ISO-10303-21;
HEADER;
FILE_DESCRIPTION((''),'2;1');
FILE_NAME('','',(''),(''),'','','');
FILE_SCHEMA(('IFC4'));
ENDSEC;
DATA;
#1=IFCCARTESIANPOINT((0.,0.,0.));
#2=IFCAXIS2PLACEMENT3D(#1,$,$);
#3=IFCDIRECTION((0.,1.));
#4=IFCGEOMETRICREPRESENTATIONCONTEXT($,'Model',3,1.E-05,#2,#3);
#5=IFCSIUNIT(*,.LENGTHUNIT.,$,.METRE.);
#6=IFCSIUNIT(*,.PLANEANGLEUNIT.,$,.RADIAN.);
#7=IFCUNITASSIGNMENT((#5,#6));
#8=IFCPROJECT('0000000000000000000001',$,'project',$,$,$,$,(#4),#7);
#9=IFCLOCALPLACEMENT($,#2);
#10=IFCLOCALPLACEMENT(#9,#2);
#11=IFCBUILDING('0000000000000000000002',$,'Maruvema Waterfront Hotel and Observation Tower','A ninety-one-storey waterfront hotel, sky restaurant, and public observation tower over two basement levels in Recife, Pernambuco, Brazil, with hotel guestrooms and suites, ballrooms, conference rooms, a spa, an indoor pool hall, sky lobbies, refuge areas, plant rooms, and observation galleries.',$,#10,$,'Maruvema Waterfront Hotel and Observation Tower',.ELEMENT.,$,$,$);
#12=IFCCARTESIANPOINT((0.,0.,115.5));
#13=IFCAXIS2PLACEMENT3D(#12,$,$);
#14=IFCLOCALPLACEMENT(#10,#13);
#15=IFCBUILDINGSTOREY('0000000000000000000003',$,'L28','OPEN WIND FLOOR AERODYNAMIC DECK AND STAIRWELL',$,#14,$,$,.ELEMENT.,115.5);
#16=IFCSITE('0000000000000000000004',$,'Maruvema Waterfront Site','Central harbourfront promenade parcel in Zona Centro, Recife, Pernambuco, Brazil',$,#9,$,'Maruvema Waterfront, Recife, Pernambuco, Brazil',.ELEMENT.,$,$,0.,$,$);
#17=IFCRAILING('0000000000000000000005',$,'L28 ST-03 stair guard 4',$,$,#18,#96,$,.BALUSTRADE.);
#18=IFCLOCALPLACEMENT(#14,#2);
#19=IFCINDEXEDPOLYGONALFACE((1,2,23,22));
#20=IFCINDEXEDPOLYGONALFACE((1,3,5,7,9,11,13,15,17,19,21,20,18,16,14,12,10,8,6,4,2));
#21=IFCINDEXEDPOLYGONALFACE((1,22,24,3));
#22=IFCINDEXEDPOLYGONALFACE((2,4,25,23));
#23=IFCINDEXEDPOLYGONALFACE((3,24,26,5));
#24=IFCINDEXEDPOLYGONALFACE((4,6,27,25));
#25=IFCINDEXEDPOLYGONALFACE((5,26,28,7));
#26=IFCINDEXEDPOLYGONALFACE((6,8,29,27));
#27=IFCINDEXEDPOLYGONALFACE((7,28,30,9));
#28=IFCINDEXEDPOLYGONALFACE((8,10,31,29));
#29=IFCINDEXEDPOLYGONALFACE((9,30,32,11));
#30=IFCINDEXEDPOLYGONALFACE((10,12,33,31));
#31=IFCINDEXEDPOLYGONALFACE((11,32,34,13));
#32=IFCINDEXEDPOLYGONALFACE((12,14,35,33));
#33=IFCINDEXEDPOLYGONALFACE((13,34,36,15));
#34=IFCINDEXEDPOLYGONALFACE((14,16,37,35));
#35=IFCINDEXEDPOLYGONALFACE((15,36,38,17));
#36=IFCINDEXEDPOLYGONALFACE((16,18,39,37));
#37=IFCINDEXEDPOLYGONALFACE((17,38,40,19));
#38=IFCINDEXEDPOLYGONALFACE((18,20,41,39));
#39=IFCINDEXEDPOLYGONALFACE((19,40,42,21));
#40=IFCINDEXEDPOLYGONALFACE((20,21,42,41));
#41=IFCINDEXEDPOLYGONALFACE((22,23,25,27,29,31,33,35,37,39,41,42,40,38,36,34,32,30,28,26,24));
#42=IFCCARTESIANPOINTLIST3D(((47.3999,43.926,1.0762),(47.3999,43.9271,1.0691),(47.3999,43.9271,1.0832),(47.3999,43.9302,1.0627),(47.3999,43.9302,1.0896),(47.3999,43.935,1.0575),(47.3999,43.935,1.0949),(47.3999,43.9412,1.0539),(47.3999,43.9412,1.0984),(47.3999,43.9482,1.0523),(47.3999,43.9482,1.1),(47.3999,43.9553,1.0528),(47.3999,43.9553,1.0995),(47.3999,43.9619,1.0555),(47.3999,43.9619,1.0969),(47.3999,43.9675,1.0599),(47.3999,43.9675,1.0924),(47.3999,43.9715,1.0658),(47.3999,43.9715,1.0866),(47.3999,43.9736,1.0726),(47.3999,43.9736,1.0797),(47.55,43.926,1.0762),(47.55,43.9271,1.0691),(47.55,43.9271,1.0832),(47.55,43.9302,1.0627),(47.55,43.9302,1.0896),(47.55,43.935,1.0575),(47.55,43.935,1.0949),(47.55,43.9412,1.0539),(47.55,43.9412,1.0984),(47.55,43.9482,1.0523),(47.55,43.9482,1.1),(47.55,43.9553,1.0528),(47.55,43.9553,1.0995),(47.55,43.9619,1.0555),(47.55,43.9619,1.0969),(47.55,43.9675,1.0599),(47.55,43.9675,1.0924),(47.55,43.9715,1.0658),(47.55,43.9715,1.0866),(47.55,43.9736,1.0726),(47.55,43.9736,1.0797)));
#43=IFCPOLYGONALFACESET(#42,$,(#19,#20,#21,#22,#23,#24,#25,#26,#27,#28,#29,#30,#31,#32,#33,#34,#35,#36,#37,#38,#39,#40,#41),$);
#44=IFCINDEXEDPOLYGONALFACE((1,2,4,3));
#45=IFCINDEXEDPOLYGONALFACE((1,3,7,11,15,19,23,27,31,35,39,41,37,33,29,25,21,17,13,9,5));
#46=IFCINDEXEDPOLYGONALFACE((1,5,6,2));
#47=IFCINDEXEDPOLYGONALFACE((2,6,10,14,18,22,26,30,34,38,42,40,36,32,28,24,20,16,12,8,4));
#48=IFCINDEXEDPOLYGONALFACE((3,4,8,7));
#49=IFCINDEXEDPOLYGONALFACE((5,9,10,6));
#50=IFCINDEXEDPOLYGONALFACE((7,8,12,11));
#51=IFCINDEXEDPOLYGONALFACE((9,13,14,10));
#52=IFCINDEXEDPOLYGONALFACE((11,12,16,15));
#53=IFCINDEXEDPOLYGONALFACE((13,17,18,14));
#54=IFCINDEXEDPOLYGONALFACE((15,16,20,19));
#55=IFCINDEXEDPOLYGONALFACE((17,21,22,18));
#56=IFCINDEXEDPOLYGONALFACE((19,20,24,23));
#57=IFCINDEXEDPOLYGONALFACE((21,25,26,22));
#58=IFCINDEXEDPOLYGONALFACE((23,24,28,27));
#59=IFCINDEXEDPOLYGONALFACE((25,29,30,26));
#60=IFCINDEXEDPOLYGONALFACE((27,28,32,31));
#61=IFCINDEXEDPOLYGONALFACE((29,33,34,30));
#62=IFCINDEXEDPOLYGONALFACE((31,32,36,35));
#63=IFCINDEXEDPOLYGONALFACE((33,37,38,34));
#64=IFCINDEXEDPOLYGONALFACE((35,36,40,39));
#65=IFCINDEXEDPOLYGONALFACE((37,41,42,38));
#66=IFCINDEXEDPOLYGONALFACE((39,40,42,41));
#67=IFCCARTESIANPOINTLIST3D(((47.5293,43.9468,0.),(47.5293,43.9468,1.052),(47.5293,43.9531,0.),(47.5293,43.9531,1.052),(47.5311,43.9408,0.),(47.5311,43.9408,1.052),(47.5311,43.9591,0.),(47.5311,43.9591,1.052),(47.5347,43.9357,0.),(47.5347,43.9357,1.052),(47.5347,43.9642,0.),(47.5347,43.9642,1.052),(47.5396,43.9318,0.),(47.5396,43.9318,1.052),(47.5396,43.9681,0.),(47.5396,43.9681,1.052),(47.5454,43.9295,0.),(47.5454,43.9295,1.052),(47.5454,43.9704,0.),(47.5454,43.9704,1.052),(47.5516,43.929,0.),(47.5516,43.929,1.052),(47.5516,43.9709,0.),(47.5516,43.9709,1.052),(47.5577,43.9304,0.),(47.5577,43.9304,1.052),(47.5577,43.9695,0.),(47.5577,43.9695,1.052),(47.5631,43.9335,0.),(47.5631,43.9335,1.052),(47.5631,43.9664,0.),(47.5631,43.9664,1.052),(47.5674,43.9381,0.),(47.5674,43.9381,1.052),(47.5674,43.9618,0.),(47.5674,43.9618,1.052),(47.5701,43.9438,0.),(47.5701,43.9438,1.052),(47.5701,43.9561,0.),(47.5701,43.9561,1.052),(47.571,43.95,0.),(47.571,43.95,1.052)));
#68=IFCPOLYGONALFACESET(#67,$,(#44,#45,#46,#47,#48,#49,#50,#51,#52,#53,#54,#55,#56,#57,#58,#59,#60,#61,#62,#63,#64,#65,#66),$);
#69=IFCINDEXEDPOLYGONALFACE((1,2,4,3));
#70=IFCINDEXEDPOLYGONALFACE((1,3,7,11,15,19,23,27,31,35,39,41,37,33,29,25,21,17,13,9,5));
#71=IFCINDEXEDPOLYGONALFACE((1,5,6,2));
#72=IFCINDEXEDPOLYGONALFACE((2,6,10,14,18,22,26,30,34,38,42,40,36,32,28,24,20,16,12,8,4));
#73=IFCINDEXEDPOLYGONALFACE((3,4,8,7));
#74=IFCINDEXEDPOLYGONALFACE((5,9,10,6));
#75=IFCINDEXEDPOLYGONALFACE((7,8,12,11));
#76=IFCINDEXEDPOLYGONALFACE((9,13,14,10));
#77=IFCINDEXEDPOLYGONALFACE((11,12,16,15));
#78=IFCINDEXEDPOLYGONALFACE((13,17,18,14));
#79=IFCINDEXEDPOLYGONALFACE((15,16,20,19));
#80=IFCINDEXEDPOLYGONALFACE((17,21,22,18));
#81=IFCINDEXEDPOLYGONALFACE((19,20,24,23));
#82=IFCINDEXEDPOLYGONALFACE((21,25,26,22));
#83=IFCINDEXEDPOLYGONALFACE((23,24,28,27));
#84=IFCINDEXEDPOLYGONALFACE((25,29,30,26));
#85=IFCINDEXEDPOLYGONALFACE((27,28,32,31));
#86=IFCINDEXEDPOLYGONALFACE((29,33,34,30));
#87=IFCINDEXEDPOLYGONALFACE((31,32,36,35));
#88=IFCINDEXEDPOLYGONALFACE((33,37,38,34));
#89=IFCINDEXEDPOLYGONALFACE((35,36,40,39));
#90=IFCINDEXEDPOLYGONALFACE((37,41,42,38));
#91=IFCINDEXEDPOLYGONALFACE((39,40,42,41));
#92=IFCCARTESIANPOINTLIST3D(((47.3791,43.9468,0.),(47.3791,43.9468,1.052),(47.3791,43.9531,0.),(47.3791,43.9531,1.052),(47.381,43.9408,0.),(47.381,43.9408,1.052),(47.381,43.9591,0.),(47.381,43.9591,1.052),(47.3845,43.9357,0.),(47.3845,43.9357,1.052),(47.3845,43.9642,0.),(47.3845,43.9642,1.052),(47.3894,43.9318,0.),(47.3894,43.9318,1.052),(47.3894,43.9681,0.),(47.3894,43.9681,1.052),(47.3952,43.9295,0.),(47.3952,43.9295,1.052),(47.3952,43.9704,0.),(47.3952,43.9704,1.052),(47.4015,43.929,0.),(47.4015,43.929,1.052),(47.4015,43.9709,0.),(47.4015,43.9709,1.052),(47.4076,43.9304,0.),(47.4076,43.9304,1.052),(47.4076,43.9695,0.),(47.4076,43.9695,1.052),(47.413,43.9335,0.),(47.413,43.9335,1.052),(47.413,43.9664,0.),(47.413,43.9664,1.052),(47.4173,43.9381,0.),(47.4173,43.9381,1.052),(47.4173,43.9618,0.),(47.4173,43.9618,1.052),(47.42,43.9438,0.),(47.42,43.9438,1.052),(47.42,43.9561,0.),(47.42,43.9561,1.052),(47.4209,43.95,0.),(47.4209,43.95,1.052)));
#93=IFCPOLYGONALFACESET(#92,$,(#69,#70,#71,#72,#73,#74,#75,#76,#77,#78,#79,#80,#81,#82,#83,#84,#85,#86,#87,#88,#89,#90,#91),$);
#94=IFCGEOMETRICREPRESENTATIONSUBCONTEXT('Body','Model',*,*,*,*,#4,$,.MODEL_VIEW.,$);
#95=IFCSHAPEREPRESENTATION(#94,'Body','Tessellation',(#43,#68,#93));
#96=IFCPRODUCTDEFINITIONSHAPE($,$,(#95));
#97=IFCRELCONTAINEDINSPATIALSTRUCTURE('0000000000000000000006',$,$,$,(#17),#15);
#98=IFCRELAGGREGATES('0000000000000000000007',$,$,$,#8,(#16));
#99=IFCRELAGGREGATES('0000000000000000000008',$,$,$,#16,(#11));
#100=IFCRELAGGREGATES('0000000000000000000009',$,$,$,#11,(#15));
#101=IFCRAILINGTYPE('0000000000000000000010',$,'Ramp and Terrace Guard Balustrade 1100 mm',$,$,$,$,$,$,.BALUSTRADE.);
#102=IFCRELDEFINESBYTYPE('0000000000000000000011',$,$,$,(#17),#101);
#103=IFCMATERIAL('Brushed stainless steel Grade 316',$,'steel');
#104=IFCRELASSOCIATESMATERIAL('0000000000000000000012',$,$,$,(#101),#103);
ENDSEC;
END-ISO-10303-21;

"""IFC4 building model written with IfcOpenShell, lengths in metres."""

from ifc_helpers import new_model, si_unit, direction, frame, origin, origin_2d, place, context, subcontext, project, spatial, circle, extrude, material, type_object, element, save


model = new_model("IFC4")

# Units and contexts
model_context = context("Model", 3, precision=1e-05, world=origin(), true_north=direction((0.0, 1.0)))
body_context = subcontext(model_context, "Body", "Model", "MODEL_VIEW")
ifc_project = project(units=[si_unit("LENGTHUNIT", "METRE"), si_unit("PLANEANGLEUNIT", "RADIAN")], contexts=[model_context])

# Site, building, storey
site_placement = place(None, origin())
site = spatial("IfcSite", under=ifc_project, at=site_placement, Name="Maruvema Waterfront Site", Description="Central harbourfront promenade parcel in Zona Centro, Recife, Pernambuco, Brazil", LongName="Maruvema Waterfront, Recife, Pernambuco, Brazil", CompositionType="ELEMENT", RefElevation=0.0)
building_placement = place(site_placement, origin())
building = spatial("IfcBuilding", under=site, at=building_placement, Name="Maruvema Waterfront Hotel and Observation Tower", Description="A ninety-one-storey waterfront hotel, sky restaurant, and public observation tower over two basement levels in Recife, Pernambuco, Brazil, with hotel guestrooms and suites, ballrooms, conference rooms, a spa, an indoor pool hall, sky lobbies, refuge areas, plant rooms, and observation galleries.", LongName="Maruvema Waterfront Hotel and Observation Tower", CompositionType="ELEMENT")
storey_placement = place(building_placement, frame((0.0, 0.0, 115.5)))
storey = spatial("IfcBuildingStorey", under=building, at=storey_placement, Name="L28", Description="OPEN WIND FLOOR AERODYNAMIC DECK AND STAIRWELL", CompositionType="ELEMENT", Elevation=115.5)

# Railing
ifc_material_1 = material(Name="Brushed stainless steel Grade 316", Category="steel")
railing_type = type_object("IfcRailingType", Name="Ramp and Terrace Guard Balustrade 1100 mm", PredefinedType="BALUSTRADE", material=ifc_material_1)
railing_1_placement = place(storey_placement, frame((47.55, 43.95, 0.0)))
element("IfcRailing", 1, at=railing_1_placement, inside=storey, type_object=railing_type, Name="L28 ST-03 stair guard 4", PredefinedType="BALUSTRADE", context=body_context, shape_type="SweptSolid", body=[
    extrude(circle(Radius=0.0239, at=origin_2d()), frame((0.0, 0.0, 1.0762), z_axis=(-1.0, 0.0, 0.0), x_axis=(0.0, -1.0, 0.0)), (0.0, 0.0, 1.0), 0.1501),
    extrude(circle(Radius=0.021, at=origin_2d()), origin(), (0.0, 0.0, 1.0), 1.052),
    extrude(circle(Radius=0.021, at=origin_2d()), frame((-0.1501, 0.0, 0.0)), (0.0, 0.0, 1.0), 1.052),
])

save(model, "model.ifc")
